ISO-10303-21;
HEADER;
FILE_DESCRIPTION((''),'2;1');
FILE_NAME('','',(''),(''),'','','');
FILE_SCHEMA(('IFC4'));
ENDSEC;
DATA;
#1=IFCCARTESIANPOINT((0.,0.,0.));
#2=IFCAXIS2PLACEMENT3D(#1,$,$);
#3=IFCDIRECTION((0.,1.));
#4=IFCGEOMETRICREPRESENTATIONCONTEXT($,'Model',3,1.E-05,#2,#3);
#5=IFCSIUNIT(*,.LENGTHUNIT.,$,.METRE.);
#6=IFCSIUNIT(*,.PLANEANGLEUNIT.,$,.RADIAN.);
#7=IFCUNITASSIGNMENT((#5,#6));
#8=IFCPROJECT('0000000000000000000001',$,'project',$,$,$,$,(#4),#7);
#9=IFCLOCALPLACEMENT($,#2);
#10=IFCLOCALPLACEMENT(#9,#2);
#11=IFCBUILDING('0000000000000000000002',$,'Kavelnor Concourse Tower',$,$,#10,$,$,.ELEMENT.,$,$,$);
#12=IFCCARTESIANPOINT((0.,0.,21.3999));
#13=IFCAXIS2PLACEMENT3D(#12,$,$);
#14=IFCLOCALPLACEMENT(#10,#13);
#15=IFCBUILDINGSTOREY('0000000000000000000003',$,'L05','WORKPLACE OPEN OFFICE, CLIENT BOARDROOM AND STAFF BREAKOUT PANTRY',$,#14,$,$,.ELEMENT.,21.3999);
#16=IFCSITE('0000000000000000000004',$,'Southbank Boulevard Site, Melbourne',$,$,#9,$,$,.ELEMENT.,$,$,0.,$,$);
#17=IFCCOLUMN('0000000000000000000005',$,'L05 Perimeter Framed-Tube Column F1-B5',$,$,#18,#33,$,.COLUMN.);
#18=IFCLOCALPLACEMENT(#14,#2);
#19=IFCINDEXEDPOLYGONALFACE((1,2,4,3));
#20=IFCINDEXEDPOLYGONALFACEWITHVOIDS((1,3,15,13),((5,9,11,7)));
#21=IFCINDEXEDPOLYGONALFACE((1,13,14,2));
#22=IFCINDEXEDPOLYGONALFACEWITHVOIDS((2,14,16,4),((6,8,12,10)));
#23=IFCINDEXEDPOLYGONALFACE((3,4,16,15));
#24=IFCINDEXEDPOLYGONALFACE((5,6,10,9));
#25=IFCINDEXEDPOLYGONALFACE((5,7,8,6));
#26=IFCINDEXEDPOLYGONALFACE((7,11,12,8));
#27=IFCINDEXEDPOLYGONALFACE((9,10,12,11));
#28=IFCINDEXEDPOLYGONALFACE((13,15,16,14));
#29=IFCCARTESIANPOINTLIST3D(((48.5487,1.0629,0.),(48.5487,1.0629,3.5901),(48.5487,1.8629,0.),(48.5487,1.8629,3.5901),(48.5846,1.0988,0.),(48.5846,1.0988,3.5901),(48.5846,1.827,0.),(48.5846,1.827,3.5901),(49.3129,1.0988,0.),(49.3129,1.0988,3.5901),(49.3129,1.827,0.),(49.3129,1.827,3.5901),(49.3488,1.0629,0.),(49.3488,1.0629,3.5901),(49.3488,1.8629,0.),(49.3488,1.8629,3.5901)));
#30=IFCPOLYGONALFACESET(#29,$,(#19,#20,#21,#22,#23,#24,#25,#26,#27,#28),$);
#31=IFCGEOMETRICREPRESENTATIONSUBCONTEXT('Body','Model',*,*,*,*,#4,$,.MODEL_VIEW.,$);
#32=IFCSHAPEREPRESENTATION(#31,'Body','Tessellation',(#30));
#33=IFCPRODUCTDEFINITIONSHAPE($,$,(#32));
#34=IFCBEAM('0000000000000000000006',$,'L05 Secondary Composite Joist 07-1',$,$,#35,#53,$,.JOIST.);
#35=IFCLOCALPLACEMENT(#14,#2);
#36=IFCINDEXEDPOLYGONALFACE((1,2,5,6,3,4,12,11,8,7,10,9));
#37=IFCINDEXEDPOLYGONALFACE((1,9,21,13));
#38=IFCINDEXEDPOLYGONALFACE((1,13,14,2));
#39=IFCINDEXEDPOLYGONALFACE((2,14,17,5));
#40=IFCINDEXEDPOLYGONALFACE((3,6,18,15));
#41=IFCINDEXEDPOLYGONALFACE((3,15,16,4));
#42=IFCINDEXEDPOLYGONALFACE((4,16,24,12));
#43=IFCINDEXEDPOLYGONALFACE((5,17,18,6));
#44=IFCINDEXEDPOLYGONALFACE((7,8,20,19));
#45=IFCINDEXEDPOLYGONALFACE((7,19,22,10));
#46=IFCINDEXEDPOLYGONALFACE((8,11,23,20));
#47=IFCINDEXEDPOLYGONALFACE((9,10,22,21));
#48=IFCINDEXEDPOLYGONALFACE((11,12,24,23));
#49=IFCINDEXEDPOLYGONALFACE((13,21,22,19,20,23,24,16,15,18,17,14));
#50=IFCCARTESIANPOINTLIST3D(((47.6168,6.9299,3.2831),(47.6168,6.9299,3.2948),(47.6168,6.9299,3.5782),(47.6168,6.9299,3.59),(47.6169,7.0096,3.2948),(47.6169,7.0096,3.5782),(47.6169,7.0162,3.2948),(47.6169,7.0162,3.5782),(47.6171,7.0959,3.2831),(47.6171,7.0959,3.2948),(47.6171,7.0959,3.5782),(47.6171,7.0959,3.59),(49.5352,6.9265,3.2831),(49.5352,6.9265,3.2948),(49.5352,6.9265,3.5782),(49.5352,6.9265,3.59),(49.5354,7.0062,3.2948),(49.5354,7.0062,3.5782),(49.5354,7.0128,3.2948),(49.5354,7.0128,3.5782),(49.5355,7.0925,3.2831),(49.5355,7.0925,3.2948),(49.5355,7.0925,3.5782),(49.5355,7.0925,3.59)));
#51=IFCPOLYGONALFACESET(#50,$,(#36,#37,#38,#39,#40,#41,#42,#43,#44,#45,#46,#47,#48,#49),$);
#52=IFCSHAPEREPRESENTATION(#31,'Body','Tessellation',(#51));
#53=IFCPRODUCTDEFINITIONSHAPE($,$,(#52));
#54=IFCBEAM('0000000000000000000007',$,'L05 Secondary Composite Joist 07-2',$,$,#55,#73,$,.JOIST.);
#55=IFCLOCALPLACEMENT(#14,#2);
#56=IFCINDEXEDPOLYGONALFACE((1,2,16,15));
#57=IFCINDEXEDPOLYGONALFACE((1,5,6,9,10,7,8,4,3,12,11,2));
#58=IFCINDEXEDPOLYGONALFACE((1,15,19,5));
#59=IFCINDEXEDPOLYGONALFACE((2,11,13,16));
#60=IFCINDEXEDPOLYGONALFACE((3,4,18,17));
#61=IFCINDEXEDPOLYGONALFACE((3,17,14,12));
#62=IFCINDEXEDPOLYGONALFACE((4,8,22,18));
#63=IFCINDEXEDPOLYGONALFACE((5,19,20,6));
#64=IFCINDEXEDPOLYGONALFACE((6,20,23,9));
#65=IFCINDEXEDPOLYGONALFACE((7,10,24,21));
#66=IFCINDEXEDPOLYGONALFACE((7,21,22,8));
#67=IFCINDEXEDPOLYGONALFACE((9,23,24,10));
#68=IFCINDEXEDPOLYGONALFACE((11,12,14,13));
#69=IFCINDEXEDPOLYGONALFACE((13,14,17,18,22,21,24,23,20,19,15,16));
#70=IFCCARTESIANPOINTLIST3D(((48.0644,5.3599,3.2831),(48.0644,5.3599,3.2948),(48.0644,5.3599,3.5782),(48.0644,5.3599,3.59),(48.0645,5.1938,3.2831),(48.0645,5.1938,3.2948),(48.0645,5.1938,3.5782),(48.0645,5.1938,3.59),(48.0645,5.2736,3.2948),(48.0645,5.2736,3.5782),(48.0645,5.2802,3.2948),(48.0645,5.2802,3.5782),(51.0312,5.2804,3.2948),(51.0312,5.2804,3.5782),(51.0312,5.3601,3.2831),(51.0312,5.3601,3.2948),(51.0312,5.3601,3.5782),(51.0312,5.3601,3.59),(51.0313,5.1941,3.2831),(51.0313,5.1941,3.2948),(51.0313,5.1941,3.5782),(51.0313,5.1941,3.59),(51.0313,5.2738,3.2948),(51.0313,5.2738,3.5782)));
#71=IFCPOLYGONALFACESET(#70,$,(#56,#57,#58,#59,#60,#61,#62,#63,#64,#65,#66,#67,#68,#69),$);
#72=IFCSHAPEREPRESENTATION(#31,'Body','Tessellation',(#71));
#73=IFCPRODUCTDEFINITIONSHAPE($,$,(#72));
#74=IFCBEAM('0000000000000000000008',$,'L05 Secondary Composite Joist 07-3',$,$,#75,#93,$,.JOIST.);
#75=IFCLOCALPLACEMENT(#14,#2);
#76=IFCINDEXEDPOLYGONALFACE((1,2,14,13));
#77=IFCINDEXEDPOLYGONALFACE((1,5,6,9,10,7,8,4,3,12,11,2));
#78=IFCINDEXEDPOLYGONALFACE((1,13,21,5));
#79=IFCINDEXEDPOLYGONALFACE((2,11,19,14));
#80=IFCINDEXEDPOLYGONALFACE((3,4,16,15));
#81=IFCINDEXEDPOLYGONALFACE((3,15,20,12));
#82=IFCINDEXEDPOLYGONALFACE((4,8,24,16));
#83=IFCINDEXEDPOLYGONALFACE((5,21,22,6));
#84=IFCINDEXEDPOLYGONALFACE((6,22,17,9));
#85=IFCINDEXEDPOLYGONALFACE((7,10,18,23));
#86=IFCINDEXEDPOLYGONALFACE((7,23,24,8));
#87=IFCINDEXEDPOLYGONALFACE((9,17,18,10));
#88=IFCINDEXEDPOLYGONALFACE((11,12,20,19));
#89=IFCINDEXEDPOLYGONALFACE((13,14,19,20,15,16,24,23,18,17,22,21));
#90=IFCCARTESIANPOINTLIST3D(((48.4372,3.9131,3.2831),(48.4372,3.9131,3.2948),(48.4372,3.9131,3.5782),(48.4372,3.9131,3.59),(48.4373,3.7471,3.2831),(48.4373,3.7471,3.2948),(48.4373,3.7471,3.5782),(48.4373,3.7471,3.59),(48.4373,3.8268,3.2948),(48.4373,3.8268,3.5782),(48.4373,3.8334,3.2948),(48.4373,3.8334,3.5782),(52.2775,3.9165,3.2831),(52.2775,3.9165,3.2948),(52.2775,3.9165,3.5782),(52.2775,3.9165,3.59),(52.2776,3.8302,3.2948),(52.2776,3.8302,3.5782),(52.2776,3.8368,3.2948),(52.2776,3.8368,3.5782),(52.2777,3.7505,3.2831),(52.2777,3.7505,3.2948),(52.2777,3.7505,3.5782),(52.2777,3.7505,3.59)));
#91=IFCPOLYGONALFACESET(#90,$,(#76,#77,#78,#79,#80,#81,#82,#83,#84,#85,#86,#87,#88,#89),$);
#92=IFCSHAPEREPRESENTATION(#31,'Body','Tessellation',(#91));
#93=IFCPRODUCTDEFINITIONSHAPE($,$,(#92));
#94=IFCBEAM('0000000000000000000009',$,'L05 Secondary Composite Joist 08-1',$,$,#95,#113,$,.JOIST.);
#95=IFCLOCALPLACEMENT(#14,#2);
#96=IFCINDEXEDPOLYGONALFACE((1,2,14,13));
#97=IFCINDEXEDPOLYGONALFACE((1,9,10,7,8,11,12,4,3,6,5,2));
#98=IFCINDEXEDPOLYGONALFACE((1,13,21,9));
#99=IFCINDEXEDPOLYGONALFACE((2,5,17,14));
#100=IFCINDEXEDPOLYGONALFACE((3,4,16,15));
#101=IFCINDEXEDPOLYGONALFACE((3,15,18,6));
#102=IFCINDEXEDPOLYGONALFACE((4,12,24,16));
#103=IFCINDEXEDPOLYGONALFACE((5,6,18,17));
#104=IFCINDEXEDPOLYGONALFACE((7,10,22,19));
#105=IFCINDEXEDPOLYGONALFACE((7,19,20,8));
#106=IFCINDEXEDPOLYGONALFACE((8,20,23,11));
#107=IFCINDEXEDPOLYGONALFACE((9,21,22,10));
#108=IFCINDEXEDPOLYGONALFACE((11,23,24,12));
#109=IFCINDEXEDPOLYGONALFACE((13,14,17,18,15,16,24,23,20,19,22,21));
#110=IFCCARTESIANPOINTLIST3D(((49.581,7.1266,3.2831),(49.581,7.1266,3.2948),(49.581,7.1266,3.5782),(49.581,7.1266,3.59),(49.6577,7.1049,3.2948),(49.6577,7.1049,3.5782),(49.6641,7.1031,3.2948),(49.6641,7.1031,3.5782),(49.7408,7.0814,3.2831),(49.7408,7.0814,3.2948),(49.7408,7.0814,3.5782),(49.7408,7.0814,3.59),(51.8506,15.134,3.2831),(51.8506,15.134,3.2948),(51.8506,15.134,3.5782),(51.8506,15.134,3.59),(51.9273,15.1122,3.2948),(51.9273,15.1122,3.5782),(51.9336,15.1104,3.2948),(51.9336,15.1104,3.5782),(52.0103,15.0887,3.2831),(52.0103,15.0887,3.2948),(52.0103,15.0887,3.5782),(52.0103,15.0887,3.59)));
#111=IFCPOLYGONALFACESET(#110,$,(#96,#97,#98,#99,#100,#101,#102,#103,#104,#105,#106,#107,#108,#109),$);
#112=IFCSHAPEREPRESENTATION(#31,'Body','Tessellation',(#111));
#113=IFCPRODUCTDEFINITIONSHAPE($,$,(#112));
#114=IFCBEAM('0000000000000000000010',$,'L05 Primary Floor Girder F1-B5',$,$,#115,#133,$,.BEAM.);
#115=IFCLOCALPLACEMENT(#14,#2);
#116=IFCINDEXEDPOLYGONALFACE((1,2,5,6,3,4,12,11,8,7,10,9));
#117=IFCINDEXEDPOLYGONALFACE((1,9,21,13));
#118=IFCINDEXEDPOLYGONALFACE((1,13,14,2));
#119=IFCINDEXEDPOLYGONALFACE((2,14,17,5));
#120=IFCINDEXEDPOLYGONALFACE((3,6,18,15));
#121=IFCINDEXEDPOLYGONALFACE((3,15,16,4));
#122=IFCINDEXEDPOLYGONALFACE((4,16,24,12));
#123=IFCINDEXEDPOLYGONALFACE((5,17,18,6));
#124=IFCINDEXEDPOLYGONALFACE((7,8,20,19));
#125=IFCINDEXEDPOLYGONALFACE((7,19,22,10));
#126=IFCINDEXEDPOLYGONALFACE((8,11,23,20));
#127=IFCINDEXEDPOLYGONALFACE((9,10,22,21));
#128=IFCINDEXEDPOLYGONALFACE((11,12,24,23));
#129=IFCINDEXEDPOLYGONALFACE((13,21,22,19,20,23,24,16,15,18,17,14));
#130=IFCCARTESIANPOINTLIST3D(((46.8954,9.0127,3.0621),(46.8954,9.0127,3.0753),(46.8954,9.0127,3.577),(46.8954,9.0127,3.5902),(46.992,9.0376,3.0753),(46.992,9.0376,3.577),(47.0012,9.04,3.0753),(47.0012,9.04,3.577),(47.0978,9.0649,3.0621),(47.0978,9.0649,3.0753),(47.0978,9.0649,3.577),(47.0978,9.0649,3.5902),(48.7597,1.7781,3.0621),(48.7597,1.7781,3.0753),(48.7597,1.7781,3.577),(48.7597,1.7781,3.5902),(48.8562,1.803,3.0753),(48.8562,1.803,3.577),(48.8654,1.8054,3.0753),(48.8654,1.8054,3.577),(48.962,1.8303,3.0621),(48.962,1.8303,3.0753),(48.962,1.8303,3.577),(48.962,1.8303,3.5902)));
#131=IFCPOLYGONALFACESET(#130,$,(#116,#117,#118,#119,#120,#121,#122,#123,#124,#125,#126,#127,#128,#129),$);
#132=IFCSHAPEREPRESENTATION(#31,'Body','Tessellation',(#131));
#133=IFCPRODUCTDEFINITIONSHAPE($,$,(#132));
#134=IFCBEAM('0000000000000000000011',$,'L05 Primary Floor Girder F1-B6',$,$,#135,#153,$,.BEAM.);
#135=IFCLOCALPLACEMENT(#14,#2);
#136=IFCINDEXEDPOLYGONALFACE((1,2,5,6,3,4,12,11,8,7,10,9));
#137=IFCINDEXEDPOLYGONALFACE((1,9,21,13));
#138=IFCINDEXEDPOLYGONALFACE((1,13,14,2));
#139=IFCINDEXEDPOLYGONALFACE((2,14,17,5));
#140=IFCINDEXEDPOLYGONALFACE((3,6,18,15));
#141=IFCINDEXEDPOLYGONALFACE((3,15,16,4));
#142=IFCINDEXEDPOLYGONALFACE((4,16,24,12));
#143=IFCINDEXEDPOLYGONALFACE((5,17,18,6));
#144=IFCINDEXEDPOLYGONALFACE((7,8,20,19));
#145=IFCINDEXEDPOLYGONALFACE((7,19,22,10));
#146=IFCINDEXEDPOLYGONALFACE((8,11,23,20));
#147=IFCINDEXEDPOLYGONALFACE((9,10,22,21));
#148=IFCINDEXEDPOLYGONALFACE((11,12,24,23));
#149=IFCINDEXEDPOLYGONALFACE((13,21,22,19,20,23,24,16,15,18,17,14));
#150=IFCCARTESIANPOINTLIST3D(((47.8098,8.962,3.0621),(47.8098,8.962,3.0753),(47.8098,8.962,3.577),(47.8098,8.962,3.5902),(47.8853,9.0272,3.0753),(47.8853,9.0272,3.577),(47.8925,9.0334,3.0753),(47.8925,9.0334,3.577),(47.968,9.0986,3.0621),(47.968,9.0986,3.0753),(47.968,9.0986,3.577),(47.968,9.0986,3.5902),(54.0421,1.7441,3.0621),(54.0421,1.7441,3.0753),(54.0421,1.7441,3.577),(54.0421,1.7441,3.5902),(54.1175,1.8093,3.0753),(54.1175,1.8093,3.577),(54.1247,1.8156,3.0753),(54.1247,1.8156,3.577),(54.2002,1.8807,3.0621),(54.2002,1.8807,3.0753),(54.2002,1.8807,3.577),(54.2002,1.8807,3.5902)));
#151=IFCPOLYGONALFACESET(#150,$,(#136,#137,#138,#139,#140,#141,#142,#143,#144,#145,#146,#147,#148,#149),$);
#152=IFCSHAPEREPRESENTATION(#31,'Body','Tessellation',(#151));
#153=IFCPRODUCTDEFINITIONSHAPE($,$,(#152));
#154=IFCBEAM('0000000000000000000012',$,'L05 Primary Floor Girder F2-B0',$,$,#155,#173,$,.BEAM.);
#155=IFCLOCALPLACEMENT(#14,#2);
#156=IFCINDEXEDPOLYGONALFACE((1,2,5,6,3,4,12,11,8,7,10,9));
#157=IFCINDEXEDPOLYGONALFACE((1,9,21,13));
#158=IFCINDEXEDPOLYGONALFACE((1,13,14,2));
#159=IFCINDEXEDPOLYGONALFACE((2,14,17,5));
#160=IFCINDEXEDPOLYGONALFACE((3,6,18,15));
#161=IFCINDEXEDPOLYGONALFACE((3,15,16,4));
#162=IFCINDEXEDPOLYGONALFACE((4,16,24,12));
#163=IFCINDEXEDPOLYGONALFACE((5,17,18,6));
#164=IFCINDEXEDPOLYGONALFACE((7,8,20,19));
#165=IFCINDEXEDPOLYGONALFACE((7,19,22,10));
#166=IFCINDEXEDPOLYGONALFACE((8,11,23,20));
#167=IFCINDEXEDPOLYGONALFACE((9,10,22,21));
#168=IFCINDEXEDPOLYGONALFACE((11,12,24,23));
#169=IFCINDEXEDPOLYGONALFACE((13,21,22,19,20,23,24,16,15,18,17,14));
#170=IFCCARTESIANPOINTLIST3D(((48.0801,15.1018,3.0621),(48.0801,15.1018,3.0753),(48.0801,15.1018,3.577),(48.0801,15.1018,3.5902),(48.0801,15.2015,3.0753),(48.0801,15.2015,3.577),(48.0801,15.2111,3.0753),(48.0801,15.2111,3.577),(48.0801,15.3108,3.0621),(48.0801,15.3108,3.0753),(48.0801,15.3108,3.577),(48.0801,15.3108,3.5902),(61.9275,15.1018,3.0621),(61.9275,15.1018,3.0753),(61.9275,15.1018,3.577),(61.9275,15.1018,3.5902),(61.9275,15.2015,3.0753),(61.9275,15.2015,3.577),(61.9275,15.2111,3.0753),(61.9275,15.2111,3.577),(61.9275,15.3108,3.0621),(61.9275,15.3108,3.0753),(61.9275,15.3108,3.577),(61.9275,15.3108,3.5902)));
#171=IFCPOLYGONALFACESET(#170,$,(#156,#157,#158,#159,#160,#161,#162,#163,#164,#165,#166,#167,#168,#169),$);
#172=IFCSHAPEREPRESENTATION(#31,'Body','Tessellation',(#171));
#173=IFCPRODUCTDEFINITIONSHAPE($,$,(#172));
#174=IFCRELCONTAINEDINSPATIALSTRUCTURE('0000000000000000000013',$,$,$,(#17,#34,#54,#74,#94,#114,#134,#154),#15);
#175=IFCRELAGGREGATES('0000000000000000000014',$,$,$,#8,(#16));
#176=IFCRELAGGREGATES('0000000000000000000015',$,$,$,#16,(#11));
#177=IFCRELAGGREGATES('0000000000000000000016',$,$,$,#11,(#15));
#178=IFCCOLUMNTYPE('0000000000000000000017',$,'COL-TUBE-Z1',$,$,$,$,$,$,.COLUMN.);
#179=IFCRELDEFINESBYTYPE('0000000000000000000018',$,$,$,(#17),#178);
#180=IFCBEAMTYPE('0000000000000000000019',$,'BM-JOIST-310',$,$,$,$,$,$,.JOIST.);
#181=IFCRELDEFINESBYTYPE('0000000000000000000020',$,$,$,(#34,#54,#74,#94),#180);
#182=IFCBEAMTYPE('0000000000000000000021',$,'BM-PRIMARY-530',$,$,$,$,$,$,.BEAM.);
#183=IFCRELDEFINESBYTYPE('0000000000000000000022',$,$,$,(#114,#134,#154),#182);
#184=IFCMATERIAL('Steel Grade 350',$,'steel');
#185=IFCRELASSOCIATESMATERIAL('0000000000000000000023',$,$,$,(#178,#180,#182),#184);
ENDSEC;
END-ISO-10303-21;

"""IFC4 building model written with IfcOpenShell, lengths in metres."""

from ifc_helpers import new_model, si_unit, direction, frame, origin, origin_2d, place, context, subcontext, project, spatial, hollow_rectangle, i_section, extrude, material, material_profile, profile_set, type_object, element, save


model = new_model("IFC4")

# Units and contexts
model_context = context("Model", 3, precision=1e-05, world=origin(), true_north=direction((0.0, 1.0)))
body_context = subcontext(model_context, "Body", "Model", "MODEL_VIEW")
ifc_project = project(units=[si_unit("LENGTHUNIT", "METRE"), si_unit("PLANEANGLEUNIT", "RADIAN")], contexts=[model_context])

# Site, building, storey
site_placement = place(None, origin())
site = spatial("IfcSite", under=ifc_project, at=site_placement, Name="Southbank Boulevard Site, Melbourne", CompositionType="ELEMENT", RefElevation=0.0)
building_placement = place(site_placement, origin())
building = spatial("IfcBuilding", under=site, at=building_placement, Name="Kavelnor Concourse Tower", CompositionType="ELEMENT")
storey_placement = place(building_placement, frame((0.0, 0.0, 21.3999)))
storey = spatial("IfcBuildingStorey", under=building, at=storey_placement, Name="L05", Description="WORKPLACE OPEN OFFICE, CLIENT BOARDROOM AND STAFF BREAKOUT PANTRY", CompositionType="ELEMENT", Elevation=21.3999)

# Column
ifc_material_1 = material(Name="Steel Grade 350", Category="steel")
ifc_material_profile_1 = material_profile(ifc_material_1, hollow_rectangle(XDim=0.8, YDim=0.8, WallThickness=0.0359, at=origin_2d()), Name="SHS 800x800x36")
ifc_profile_set_1 = profile_set([ifc_material_profile_1], Name="Steel Grade 350")
column_type = type_object("IfcColumnType", Name="COL-TUBE-Z1", PredefinedType="COLUMN", material=ifc_profile_set_1)
column_placement = place(storey_placement, frame((48.9487, 1.4629, 0.0), z_axis=(0.0, 0.0, 1.0), x_axis=(1.0, 0.0, 0.0)))
element("IfcColumn", 1, at=column_placement, inside=storey, type_object=column_type, Name="L05 Perimeter Framed-Tube Column F1-B5", PredefinedType="COLUMN", context=body_context, shape_type="SweptSolid", body=[
    extrude(hollow_rectangle(XDim=0.8, YDim=0.8, WallThickness=0.0359, at=origin_2d()), origin(), (0.0, 0.0, 1.0), 3.5901),
])

# Beams
ifc_material_profile_2 = material_profile(ifc_material_1, i_section(OverallWidth=0.166, OverallDepth=0.3069, WebThickness=0.0066, FlangeThickness=0.0117, at=origin_2d()), Name="310UB46")
ifc_profile_set_2 = profile_set([ifc_material_profile_2], Name="Steel Grade 350")
beam_type_1 = type_object("IfcBeamType", Name="BM-JOIST-310", PredefinedType="JOIST", material=ifc_profile_set_2)
beam_1_placement = place(storey_placement, frame((47.6169, 7.0129, 3.4365), z_axis=(0.999998, -0.001782, 0.0), x_axis=(0.001782, 0.999998, 0.0)))
element("IfcBeam", 2, at=beam_1_placement, inside=storey, type_object=beam_type_1, Name="L05 Secondary Composite Joist 07-1", PredefinedType="JOIST", context=body_context, shape_type="SweptSolid", body=[
    extrude(i_section(OverallWidth=0.166, OverallDepth=0.3069, WebThickness=0.0066, FlangeThickness=0.0117, at=origin_2d()), origin(), (0.0, 0.0, 1.0), 1.9185),
])
beam_2_placement = place(storey_placement, frame((48.0645, 5.2769, 3.4365), z_axis=(1.0, 0.000082, 0.0), x_axis=(-0.000082, 1.0, 0.0)))
element("IfcBeam", 3, at=beam_2_placement, inside=storey, type_object=beam_type_1, Name="L05 Secondary Composite Joist 07-2", PredefinedType="JOIST", context=body_context, shape_type="SweptSolid", body=[
    extrude(i_section(OverallWidth=0.166, OverallDepth=0.3069, WebThickness=0.0066, FlangeThickness=0.0117, at=origin_2d()), origin(), (0.0, 0.0, 1.0), 2.9668),
])
beam_3_placement = place(storey_placement, frame((48.4373, 3.8301, 3.4365), z_axis=(1.0, 0.00089, 0.0), x_axis=(-0.00089, 1.0, 0.0)))
element("IfcBeam", 4, at=beam_3_placement, inside=storey, type_object=beam_type_1, Name="L05 Secondary Composite Joist 07-3", PredefinedType="JOIST", context=body_context, shape_type="SweptSolid", body=[
    extrude(i_section(OverallWidth=0.166, OverallDepth=0.3069, WebThickness=0.0066, FlangeThickness=0.0117, at=origin_2d()), origin(), (0.0, 0.0, 1.0), 3.8403),
])
beam_4_placement = place(storey_placement, frame((49.6609, 7.104, 3.4365), z_axis=(0.27269, 0.962102, 0.0), x_axis=(-0.962102, 0.27269, 0.0)))
element("IfcBeam", 5, at=beam_4_placement, inside=storey, type_object=beam_type_1, Name="L05 Secondary Composite Joist 08-1", PredefinedType="JOIST", context=body_context, shape_type="SweptSolid", body=[
    extrude(i_section(OverallWidth=0.166, OverallDepth=0.3069, WebThickness=0.0066, FlangeThickness=0.0117, at=origin_2d()), origin(), (0.0, 0.0, 1.0), 8.3228),
])
ifc_material_profile_3 = material_profile(ifc_material_1, i_section(OverallWidth=0.209, OverallDepth=0.5281, WebThickness=0.0095, FlangeThickness=0.0132, at=origin_2d()), Name="530UB82")
ifc_profile_set_3 = profile_set([ifc_material_profile_3], Name="Steel Grade 350")
beam_type_2 = type_object("IfcBeamType", Name="BM-PRIMARY-530", PredefinedType="BEAM", material=ifc_profile_set_3)
beam_5_placement = place(storey_placement, frame((46.9966, 9.0388, 3.3262), z_axis=(0.249534, -0.968366, 0.0), x_axis=(0.968366, 0.249534, 0.0)))
element("IfcBeam", 6, at=beam_5_placement, inside=storey, type_object=beam_type_2, Name="L05 Primary Floor Girder F1-B5", PredefinedType="BEAM", context=body_context, shape_type="SweptSolid", body=[
    extrude(i_section(OverallWidth=0.209, OverallDepth=0.5281, WebThickness=0.0095, FlangeThickness=0.0132, at=origin_2d()), origin(), (0.0, 0.0, 1.0), 7.4709),
])
beam_6_placement = place(storey_placement, frame((47.8889, 9.0303, 3.3262), z_axis=(0.653539, -0.756893, 0.0), x_axis=(0.756893, 0.653539, 0.0)))
element("IfcBeam", 7, at=beam_6_placement, inside=storey, type_object=beam_type_2, Name="L05 Primary Floor Girder F1-B6", PredefinedType="BEAM", context=body_context, shape_type="SweptSolid", body=[
    extrude(i_section(OverallWidth=0.209, OverallDepth=0.5281, WebThickness=0.0095, FlangeThickness=0.0132, at=origin_2d()), origin(), (0.0, 0.0, 1.0), 9.5361),
])
beam_7_placement = place(storey_placement, frame((48.0801, 15.2063, 3.3262), z_axis=(1.0, 0.0, 0.0), x_axis=(0.0, 1.0, 0.0)))
element("IfcBeam", 8, at=beam_7_placement, inside=storey, type_object=beam_type_2, Name="L05 Primary Floor Girder F2-B0", PredefinedType="BEAM", context=body_context, shape_type="SweptSolid", body=[
    extrude(i_section(OverallWidth=0.209, OverallDepth=0.5281, WebThickness=0.0095, FlangeThickness=0.0132, at=origin_2d()), origin(), (0.0, 0.0, 1.0), 13.8474),
])

save(model, "model.ifc")
